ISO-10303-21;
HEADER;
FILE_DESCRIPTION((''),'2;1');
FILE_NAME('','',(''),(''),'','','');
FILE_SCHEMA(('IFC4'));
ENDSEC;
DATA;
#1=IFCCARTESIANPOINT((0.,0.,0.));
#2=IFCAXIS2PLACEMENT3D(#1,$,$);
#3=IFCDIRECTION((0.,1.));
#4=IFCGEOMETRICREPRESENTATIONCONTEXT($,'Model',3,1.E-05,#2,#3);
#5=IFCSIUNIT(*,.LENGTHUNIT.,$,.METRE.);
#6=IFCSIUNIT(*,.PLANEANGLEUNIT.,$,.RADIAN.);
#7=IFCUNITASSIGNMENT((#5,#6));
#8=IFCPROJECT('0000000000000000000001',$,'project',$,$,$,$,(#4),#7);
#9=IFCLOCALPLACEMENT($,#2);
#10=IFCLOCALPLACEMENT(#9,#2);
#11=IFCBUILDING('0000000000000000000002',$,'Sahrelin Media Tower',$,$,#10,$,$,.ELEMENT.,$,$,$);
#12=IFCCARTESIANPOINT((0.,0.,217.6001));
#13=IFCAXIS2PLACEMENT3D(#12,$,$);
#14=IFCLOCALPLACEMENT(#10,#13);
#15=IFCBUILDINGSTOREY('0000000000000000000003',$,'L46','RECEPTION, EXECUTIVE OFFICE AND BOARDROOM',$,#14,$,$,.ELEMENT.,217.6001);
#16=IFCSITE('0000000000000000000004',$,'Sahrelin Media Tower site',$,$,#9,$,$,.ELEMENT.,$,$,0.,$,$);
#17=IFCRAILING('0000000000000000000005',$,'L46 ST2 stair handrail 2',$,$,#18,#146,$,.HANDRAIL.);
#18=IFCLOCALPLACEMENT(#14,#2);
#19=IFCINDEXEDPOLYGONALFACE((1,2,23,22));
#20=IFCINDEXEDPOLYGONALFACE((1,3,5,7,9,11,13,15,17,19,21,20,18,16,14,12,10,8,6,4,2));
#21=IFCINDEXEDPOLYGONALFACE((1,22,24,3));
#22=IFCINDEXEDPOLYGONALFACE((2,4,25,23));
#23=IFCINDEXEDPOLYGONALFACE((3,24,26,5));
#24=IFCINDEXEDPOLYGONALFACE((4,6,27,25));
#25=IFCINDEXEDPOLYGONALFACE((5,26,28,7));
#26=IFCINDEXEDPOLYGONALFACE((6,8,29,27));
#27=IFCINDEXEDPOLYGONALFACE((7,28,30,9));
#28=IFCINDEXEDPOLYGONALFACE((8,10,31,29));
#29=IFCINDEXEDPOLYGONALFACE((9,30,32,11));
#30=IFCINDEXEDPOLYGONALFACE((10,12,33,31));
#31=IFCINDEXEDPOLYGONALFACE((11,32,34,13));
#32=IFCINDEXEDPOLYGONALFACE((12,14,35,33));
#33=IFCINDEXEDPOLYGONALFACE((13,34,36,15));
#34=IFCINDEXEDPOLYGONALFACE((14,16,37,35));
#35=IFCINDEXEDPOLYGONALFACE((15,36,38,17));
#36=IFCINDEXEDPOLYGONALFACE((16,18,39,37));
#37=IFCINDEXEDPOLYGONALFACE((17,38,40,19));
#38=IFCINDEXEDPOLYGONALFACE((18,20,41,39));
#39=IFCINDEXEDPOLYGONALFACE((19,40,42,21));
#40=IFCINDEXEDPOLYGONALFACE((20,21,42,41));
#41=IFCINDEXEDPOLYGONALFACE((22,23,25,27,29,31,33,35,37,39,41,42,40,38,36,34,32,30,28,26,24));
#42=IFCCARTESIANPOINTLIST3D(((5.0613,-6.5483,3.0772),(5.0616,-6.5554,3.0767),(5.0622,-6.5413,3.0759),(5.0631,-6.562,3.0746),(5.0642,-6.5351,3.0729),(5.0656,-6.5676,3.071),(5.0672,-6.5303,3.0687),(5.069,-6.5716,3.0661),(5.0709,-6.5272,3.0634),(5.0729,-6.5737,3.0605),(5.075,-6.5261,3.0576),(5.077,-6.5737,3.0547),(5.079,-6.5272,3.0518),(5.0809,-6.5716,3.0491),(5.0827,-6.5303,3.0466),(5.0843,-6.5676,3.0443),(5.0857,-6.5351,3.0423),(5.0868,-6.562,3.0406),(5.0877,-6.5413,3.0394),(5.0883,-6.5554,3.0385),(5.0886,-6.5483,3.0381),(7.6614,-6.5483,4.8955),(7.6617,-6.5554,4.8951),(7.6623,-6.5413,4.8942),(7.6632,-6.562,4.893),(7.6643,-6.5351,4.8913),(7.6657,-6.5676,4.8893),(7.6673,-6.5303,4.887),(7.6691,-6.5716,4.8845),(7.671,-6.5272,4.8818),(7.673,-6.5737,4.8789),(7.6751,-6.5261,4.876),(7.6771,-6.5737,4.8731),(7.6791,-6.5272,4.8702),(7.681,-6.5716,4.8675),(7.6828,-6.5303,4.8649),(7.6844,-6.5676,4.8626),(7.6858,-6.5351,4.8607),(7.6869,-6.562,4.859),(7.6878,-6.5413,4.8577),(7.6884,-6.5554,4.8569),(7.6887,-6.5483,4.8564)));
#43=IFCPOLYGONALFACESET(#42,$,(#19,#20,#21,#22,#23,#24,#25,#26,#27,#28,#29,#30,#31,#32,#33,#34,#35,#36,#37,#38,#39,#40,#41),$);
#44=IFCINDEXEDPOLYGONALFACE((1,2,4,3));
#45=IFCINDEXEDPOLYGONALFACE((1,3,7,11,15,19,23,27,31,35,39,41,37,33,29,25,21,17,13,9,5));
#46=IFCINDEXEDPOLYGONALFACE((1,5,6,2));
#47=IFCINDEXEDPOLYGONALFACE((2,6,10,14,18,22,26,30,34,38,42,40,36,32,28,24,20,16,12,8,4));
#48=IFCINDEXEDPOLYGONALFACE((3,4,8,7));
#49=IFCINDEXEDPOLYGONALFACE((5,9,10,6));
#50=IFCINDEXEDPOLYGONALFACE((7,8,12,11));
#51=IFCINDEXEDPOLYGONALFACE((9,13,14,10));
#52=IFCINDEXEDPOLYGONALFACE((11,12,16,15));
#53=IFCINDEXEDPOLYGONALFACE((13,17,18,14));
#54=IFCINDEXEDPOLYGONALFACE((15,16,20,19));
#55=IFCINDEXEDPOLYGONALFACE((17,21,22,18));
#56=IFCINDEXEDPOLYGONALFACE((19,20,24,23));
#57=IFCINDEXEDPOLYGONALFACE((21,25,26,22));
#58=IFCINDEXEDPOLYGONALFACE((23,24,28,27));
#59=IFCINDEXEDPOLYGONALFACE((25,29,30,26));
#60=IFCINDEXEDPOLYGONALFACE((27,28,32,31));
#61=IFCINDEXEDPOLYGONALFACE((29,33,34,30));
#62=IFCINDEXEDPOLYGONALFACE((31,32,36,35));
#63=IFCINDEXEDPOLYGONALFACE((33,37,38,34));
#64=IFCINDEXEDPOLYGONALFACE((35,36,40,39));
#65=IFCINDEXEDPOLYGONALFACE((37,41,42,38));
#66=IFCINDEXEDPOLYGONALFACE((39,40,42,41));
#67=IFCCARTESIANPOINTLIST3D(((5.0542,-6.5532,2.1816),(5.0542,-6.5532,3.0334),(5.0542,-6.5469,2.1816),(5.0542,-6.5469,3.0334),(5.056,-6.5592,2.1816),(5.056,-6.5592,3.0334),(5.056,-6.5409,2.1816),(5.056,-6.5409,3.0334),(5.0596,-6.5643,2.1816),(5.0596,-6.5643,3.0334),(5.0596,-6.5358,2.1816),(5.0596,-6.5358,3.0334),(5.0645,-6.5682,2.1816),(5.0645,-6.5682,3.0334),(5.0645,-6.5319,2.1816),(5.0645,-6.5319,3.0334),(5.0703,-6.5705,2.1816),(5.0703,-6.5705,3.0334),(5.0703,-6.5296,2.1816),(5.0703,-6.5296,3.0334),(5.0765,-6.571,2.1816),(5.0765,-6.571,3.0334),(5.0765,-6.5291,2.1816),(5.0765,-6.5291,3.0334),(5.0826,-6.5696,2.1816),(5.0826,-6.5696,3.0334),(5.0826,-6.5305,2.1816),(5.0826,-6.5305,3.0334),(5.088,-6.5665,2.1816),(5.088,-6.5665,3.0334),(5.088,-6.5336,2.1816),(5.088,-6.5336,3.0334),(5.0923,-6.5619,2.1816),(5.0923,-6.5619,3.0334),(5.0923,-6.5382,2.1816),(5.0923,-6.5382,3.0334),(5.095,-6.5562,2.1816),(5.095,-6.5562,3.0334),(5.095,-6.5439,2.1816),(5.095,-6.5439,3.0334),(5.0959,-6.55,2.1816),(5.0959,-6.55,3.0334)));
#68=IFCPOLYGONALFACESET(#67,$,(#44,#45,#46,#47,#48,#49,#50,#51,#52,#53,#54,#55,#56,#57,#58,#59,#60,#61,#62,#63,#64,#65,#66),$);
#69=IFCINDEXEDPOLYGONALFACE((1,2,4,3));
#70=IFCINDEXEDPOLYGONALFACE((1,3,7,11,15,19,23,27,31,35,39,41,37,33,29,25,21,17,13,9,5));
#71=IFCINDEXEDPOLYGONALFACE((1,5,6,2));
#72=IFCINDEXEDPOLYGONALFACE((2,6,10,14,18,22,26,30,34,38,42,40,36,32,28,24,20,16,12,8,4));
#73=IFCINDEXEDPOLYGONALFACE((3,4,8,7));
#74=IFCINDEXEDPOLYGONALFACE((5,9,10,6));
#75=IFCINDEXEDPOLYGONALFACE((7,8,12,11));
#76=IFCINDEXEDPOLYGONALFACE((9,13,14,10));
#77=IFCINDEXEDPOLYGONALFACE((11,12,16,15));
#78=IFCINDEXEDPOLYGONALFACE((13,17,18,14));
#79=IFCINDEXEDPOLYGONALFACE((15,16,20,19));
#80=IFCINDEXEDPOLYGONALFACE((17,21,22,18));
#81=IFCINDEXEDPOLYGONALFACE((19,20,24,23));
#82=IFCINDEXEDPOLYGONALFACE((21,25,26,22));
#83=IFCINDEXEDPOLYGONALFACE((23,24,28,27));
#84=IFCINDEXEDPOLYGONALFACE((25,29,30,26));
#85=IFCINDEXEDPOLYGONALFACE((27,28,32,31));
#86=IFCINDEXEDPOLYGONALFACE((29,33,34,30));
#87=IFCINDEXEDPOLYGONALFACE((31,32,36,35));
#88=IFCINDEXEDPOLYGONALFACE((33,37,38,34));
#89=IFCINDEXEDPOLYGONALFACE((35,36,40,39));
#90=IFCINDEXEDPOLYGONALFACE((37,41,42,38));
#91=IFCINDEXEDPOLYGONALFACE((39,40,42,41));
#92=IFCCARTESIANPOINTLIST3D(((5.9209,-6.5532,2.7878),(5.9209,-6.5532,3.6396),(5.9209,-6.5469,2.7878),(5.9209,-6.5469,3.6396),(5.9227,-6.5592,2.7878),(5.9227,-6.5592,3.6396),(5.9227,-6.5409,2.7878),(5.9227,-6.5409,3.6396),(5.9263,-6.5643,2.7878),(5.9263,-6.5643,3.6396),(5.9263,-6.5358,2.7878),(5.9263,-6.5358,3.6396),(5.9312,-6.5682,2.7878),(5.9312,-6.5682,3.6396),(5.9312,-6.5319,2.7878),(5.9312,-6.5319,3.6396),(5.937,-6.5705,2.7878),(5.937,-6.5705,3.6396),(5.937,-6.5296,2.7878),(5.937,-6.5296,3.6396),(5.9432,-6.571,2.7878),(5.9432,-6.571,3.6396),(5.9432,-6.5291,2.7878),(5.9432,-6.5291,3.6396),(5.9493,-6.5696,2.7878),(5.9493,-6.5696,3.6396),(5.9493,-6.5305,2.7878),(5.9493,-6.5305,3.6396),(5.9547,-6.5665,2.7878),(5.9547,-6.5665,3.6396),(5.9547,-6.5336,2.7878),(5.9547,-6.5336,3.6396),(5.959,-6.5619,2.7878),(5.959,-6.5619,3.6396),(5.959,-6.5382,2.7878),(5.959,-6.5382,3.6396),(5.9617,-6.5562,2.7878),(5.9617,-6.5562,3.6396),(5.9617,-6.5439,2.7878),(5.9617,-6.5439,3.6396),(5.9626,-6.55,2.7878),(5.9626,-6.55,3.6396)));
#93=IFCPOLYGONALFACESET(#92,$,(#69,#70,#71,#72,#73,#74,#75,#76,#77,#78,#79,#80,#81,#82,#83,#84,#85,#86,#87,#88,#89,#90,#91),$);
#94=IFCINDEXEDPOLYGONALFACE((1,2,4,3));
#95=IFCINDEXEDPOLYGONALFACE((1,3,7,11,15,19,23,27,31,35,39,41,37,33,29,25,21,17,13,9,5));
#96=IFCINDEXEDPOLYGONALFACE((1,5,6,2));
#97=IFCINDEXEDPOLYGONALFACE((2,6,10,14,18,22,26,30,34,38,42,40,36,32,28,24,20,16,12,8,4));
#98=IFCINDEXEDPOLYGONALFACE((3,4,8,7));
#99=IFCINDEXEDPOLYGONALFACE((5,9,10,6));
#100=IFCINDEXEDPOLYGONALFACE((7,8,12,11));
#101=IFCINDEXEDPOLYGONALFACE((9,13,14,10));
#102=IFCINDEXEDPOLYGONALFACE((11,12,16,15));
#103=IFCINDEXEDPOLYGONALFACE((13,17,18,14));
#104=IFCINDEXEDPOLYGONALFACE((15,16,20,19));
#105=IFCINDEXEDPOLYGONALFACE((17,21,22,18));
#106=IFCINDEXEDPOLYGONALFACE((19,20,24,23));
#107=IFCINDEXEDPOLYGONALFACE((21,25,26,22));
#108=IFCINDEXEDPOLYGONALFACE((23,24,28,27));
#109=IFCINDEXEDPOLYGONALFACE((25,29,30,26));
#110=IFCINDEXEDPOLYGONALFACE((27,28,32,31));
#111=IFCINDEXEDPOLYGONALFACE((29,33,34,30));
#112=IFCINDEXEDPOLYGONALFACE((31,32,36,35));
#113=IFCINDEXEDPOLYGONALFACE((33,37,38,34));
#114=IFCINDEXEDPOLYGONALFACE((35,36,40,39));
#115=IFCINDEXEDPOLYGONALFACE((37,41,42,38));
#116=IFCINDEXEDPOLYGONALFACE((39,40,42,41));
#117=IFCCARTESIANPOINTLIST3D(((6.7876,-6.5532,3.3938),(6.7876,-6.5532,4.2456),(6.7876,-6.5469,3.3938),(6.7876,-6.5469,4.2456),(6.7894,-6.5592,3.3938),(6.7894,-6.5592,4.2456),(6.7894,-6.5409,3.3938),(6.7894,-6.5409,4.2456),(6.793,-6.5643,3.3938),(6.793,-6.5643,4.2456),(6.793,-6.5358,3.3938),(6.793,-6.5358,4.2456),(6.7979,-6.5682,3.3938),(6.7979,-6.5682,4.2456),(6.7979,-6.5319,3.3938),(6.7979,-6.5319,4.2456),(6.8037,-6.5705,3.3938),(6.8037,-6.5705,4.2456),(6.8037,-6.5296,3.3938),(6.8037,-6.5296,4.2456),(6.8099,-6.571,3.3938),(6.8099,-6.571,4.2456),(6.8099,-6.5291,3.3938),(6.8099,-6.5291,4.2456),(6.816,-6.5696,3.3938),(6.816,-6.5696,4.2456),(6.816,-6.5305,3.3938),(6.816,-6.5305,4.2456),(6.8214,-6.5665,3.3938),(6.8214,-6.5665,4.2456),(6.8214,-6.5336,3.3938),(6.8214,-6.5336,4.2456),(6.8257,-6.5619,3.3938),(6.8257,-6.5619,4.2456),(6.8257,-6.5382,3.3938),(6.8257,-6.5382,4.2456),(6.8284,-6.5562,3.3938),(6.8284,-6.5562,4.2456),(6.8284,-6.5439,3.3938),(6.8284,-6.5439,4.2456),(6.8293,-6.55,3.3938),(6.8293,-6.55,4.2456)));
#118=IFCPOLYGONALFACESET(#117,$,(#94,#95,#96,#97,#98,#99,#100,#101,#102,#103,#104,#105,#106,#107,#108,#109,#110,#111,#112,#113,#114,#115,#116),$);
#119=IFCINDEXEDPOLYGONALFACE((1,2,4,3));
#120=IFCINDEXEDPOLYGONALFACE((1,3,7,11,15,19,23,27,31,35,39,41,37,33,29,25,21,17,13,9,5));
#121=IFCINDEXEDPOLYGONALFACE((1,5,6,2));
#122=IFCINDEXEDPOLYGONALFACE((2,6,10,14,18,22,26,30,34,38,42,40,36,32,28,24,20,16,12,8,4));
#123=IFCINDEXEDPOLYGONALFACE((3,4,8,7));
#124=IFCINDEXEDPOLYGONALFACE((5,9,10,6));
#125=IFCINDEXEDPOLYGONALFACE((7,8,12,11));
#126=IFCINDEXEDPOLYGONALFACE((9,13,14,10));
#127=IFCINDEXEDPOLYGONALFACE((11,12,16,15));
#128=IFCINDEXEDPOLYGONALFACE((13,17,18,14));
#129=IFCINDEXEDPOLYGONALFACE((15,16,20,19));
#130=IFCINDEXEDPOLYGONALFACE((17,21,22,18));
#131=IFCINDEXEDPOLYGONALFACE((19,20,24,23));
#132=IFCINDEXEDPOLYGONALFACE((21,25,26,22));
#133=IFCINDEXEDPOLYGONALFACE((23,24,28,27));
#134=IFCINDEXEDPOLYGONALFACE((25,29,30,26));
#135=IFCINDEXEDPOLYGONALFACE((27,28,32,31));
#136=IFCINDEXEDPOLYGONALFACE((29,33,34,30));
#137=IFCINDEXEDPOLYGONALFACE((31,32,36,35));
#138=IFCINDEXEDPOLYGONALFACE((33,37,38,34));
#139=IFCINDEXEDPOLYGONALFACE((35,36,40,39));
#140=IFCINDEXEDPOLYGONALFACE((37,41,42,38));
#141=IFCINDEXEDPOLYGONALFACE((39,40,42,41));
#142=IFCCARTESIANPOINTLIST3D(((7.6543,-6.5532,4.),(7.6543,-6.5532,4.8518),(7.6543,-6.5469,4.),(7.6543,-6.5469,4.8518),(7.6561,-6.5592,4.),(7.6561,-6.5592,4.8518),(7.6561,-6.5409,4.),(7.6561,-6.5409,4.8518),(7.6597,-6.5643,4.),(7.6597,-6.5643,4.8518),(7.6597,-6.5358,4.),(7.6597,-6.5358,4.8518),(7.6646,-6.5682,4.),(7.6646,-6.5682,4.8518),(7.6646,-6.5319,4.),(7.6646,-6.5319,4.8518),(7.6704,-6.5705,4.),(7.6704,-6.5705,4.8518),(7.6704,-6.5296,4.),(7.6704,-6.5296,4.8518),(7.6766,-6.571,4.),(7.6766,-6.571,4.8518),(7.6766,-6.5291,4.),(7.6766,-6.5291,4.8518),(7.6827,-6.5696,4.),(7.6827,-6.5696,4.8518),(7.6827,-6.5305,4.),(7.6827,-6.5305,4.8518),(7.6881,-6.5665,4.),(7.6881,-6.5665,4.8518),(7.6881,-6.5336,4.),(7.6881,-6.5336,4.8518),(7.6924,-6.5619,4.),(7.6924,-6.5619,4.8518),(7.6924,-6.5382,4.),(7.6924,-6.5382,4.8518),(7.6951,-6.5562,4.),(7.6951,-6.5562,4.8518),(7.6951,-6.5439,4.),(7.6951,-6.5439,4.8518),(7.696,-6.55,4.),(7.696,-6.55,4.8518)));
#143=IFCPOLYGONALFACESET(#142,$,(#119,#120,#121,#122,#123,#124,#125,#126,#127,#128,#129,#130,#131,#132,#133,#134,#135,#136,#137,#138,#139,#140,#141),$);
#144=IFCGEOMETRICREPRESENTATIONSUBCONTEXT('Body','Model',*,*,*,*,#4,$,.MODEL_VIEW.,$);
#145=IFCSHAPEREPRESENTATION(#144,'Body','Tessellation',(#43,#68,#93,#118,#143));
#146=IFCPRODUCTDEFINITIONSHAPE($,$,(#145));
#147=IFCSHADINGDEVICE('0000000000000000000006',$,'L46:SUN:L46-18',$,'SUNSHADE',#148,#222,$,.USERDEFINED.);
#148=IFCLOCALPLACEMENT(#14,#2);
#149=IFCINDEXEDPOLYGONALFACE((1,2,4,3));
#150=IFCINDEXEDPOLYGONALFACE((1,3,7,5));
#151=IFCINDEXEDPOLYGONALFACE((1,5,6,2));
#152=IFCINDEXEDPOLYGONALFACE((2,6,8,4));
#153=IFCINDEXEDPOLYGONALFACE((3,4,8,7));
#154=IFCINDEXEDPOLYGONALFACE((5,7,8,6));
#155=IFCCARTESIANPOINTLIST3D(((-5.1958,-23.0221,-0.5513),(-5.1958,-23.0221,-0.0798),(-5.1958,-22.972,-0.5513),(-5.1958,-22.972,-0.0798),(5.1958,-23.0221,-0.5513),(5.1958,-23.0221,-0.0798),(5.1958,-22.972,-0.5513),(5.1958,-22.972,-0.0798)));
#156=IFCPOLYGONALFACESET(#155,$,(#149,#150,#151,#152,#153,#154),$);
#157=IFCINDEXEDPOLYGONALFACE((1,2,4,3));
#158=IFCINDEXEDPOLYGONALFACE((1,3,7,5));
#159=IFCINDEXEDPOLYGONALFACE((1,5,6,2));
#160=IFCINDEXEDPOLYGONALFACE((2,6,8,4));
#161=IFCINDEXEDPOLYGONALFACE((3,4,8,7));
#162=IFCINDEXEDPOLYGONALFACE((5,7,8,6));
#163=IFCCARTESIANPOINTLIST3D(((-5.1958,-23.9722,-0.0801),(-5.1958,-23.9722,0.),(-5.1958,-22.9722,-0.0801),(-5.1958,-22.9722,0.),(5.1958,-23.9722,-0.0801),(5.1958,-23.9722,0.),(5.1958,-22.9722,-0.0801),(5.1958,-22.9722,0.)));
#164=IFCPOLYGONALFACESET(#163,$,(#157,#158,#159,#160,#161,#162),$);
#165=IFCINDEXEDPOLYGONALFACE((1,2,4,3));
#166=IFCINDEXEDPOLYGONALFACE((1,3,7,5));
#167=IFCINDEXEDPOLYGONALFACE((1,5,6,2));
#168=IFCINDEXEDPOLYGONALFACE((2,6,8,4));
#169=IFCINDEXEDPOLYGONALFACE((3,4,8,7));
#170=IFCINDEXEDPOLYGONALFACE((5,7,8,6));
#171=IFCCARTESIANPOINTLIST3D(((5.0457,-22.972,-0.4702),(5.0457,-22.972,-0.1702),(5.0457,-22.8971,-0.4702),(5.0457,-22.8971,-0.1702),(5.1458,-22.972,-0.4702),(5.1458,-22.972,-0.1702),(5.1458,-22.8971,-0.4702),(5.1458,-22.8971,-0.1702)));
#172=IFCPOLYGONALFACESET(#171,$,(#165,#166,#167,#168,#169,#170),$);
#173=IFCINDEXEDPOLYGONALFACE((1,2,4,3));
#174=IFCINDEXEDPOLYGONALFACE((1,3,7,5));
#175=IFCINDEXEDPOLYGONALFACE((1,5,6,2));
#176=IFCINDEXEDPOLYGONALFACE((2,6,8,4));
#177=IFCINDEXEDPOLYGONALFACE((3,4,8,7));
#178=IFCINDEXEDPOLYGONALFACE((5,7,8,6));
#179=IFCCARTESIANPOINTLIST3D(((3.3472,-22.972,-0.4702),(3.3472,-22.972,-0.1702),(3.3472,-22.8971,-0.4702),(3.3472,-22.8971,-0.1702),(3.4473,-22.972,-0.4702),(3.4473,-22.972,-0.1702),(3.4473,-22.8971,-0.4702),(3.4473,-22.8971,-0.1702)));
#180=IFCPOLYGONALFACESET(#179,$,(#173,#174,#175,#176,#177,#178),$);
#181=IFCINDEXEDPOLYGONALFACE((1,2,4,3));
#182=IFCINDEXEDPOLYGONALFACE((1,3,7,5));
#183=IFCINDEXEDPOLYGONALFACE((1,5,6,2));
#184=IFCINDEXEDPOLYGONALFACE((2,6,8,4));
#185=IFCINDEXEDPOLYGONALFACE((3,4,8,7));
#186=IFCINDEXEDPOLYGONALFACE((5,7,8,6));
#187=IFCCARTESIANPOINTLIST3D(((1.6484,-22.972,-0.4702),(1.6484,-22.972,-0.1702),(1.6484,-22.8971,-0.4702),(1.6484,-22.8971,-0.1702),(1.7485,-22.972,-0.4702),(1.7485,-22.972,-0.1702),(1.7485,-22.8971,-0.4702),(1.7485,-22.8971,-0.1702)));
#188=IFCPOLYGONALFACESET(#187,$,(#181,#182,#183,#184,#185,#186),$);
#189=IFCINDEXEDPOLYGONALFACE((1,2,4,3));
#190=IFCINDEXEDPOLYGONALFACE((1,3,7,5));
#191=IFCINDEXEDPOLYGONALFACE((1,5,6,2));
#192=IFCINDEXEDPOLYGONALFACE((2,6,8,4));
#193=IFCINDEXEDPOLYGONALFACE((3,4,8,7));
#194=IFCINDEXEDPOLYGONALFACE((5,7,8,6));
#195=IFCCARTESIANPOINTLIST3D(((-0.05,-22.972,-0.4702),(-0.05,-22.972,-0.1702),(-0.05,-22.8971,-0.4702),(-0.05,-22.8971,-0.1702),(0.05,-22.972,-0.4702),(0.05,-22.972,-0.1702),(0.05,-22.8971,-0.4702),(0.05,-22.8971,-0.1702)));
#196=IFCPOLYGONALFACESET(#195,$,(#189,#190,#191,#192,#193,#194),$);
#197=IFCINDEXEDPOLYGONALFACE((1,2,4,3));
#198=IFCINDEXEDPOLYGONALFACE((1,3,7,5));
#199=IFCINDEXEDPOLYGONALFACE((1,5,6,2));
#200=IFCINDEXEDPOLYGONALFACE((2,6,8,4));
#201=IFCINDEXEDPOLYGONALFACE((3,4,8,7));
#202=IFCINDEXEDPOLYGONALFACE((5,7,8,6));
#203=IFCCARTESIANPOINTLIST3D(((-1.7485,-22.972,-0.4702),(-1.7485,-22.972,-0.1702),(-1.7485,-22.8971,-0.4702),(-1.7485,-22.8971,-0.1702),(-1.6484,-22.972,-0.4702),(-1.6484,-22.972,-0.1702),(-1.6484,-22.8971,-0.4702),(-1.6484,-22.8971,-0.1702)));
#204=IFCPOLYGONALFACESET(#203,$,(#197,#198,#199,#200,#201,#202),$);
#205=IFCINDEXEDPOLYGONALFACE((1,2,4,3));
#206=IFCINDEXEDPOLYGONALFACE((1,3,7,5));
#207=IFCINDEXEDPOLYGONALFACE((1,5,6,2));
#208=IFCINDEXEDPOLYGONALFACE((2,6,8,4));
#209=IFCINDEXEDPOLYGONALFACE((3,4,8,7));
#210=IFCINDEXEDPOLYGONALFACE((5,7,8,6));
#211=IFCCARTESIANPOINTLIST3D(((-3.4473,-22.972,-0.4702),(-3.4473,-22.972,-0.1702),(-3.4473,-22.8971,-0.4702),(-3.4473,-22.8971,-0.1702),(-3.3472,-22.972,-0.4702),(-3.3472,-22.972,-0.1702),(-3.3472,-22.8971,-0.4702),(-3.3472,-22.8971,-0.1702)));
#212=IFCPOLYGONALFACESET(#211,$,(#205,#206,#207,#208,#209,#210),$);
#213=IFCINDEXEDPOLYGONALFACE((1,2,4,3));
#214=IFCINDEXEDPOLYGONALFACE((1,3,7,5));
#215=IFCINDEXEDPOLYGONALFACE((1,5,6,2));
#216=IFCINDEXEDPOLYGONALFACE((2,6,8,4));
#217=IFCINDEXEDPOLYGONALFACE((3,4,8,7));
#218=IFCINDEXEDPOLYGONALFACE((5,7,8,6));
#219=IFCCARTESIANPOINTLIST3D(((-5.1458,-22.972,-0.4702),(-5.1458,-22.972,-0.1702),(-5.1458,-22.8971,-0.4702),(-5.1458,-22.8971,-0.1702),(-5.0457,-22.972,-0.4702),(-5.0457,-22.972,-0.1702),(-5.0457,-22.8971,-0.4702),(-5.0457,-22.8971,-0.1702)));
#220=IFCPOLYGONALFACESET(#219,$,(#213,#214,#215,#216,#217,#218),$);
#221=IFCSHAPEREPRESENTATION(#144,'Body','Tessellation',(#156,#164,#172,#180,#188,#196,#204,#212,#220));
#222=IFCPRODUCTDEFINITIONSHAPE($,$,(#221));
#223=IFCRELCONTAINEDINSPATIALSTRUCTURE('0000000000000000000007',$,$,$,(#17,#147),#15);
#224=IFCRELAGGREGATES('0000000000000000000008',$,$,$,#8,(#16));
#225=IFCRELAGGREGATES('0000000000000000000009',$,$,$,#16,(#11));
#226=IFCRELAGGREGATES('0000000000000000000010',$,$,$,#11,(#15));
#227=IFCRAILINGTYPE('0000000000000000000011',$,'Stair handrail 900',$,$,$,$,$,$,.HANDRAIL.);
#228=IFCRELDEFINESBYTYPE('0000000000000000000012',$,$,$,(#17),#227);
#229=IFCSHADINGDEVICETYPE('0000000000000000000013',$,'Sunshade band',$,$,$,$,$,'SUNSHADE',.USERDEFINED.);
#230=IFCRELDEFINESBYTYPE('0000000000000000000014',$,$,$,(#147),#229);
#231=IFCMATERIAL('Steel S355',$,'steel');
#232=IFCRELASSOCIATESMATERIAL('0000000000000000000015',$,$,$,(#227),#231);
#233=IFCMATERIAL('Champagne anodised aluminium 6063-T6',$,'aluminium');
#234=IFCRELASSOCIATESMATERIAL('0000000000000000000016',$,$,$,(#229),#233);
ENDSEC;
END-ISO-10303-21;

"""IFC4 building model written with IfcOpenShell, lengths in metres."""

from ifc_helpers import new_model, si_unit, direction, frame, origin, origin_2d, place, context, subcontext, project, spatial, rectangle, circle, extrude, material, type_object, element, save


model = new_model("IFC4")

# Units and contexts
model_context = context("Model", 3, precision=1e-05, world=origin(), true_north=direction((0.0, 1.0)))
body_context = subcontext(model_context, "Body", "Model", "MODEL_VIEW")
ifc_project = project(units=[si_unit("LENGTHUNIT", "METRE"), si_unit("PLANEANGLEUNIT", "RADIAN")], contexts=[model_context])

# Site, building, storey
site_placement = place(None, origin())
site = spatial("IfcSite", under=ifc_project, at=site_placement, Name="Sahrelin Media Tower site", CompositionType="ELEMENT", RefElevation=0.0)
building_placement = place(site_placement, origin())
building = spatial("IfcBuilding", under=site, at=building_placement, Name="Sahrelin Media Tower", CompositionType="ELEMENT")
storey_placement = place(building_placement, frame((0.0, 0.0, 217.6001)))
storey = spatial("IfcBuildingStorey", under=building, at=storey_placement, Name="L46", Description="RECEPTION, EXECUTIVE OFFICE AND BOARDROOM", CompositionType="ELEMENT", Elevation=217.6001)

# Shared definitions
ifc_material_1 = material(Name="Steel S355", Category="steel")

# Shared definitions
ifc_material_2 = material(Name="Champagne anodised aluminium 6063-T6", Category="aluminium")

# Shared definitions
placement_1 = place(storey_placement, frame((0.0, -22.9521, 0.0), z_axis=(0.0, 0.0, 1.0), x_axis=(-1.0, 0.0, 0.0)))

# Railing
railing_type = type_object("IfcRailingType", Name="Stair handrail 900", PredefinedType="HANDRAIL", material=ifc_material_1)
railing_placement = place(storey_placement, frame((5.075, -6.55, 2.1816)))
element("IfcRailing", 1, at=railing_placement, inside=storey, type_object=railing_type, Name="L46 ST2 stair handrail 2", PredefinedType="HANDRAIL", context=body_context, shape_type="SweptSolid", body=[
    extrude(circle(Radius=0.0239, at=origin_2d()), frame((0.0, 0.0, 0.876), z_axis=(0.819485, 0.0, 0.573101), x_axis=(0.0, 1.0, 0.0)), (0.0, 0.0, 1.0), 3.1729),
    extrude(circle(Radius=0.021, at=origin_2d()), origin(), (0.0, 0.0, 1.0), 0.8518),
    extrude(circle(Radius=0.021, at=origin_2d()), frame((0.8667, 0.0, 0.6062)), (0.0, 0.0, 1.0), 0.8518),
    extrude(circle(Radius=0.021, at=origin_2d()), frame((1.7334, 0.0, 1.2122)), (0.0, 0.0, 1.0), 0.8518),
    extrude(circle(Radius=0.021, at=origin_2d()), frame((2.6001, 0.0, 1.8184)), (0.0, 0.0, 1.0), 0.8518),
])

# Shading device
shading_device_type_1 = type_object("IfcShadingDeviceType", Name="Sunshade band", ElementType="SUNSHADE", PredefinedType="USERDEFINED", material=ifc_material_2)
element("IfcShadingDevice", 2, at=placement_1, inside=storey, type_object=shading_device_type_1, Name="L46:SUN:L46-18", ObjectType="SUNSHADE", PredefinedType="USERDEFINED", context=body_context, shape_type="SweptSolid", body=[
    extrude(rectangle(XDim=10.3916, YDim=0.05, at=origin_2d()), frame((0.0, 0.0449, -0.5513)), (0.0, 0.0, 1.0), 0.4714),
    extrude(rectangle(XDim=10.3916, YDim=1.0, at=origin_2d()), frame((0.0, 0.52, -0.0801)), (0.0, 0.0, 1.0), 0.0801),
    extrude(rectangle(XDim=0.1001, YDim=0.075, at=origin_2d()), frame((-5.0957, -0.0176, -0.4702)), (0.0, 0.0, 1.0), 0.3),
    extrude(rectangle(XDim=0.1001, YDim=0.075, at=origin_2d()), frame((-3.3972, -0.0176, -0.4702)), (0.0, 0.0, 1.0), 0.3),
    extrude(rectangle(XDim=0.1001, YDim=0.075, at=origin_2d()), frame((-1.6985, -0.0176, -0.4702)), (0.0, 0.0, 1.0), 0.3),
    extrude(rectangle(XDim=0.1001, YDim=0.075, at=origin_2d()), frame((0.0, -0.0176, -0.4702)), (0.0, 0.0, 1.0), 0.3),
    extrude(rectangle(XDim=0.1001, YDim=0.075, at=origin_2d()), frame((1.6985, -0.0176, -0.4702)), (0.0, 0.0, 1.0), 0.3),
    extrude(rectangle(XDim=0.1001, YDim=0.075, at=origin_2d()), frame((3.3972, -0.0176, -0.4702)), (0.0, 0.0, 1.0), 0.3),
    extrude(rectangle(XDim=0.1001, YDim=0.075, at=origin_2d()), frame((5.0957, -0.0176, -0.4702)), (0.0, 0.0, 1.0), 0.3),
])

save(model, "model.ifc")
